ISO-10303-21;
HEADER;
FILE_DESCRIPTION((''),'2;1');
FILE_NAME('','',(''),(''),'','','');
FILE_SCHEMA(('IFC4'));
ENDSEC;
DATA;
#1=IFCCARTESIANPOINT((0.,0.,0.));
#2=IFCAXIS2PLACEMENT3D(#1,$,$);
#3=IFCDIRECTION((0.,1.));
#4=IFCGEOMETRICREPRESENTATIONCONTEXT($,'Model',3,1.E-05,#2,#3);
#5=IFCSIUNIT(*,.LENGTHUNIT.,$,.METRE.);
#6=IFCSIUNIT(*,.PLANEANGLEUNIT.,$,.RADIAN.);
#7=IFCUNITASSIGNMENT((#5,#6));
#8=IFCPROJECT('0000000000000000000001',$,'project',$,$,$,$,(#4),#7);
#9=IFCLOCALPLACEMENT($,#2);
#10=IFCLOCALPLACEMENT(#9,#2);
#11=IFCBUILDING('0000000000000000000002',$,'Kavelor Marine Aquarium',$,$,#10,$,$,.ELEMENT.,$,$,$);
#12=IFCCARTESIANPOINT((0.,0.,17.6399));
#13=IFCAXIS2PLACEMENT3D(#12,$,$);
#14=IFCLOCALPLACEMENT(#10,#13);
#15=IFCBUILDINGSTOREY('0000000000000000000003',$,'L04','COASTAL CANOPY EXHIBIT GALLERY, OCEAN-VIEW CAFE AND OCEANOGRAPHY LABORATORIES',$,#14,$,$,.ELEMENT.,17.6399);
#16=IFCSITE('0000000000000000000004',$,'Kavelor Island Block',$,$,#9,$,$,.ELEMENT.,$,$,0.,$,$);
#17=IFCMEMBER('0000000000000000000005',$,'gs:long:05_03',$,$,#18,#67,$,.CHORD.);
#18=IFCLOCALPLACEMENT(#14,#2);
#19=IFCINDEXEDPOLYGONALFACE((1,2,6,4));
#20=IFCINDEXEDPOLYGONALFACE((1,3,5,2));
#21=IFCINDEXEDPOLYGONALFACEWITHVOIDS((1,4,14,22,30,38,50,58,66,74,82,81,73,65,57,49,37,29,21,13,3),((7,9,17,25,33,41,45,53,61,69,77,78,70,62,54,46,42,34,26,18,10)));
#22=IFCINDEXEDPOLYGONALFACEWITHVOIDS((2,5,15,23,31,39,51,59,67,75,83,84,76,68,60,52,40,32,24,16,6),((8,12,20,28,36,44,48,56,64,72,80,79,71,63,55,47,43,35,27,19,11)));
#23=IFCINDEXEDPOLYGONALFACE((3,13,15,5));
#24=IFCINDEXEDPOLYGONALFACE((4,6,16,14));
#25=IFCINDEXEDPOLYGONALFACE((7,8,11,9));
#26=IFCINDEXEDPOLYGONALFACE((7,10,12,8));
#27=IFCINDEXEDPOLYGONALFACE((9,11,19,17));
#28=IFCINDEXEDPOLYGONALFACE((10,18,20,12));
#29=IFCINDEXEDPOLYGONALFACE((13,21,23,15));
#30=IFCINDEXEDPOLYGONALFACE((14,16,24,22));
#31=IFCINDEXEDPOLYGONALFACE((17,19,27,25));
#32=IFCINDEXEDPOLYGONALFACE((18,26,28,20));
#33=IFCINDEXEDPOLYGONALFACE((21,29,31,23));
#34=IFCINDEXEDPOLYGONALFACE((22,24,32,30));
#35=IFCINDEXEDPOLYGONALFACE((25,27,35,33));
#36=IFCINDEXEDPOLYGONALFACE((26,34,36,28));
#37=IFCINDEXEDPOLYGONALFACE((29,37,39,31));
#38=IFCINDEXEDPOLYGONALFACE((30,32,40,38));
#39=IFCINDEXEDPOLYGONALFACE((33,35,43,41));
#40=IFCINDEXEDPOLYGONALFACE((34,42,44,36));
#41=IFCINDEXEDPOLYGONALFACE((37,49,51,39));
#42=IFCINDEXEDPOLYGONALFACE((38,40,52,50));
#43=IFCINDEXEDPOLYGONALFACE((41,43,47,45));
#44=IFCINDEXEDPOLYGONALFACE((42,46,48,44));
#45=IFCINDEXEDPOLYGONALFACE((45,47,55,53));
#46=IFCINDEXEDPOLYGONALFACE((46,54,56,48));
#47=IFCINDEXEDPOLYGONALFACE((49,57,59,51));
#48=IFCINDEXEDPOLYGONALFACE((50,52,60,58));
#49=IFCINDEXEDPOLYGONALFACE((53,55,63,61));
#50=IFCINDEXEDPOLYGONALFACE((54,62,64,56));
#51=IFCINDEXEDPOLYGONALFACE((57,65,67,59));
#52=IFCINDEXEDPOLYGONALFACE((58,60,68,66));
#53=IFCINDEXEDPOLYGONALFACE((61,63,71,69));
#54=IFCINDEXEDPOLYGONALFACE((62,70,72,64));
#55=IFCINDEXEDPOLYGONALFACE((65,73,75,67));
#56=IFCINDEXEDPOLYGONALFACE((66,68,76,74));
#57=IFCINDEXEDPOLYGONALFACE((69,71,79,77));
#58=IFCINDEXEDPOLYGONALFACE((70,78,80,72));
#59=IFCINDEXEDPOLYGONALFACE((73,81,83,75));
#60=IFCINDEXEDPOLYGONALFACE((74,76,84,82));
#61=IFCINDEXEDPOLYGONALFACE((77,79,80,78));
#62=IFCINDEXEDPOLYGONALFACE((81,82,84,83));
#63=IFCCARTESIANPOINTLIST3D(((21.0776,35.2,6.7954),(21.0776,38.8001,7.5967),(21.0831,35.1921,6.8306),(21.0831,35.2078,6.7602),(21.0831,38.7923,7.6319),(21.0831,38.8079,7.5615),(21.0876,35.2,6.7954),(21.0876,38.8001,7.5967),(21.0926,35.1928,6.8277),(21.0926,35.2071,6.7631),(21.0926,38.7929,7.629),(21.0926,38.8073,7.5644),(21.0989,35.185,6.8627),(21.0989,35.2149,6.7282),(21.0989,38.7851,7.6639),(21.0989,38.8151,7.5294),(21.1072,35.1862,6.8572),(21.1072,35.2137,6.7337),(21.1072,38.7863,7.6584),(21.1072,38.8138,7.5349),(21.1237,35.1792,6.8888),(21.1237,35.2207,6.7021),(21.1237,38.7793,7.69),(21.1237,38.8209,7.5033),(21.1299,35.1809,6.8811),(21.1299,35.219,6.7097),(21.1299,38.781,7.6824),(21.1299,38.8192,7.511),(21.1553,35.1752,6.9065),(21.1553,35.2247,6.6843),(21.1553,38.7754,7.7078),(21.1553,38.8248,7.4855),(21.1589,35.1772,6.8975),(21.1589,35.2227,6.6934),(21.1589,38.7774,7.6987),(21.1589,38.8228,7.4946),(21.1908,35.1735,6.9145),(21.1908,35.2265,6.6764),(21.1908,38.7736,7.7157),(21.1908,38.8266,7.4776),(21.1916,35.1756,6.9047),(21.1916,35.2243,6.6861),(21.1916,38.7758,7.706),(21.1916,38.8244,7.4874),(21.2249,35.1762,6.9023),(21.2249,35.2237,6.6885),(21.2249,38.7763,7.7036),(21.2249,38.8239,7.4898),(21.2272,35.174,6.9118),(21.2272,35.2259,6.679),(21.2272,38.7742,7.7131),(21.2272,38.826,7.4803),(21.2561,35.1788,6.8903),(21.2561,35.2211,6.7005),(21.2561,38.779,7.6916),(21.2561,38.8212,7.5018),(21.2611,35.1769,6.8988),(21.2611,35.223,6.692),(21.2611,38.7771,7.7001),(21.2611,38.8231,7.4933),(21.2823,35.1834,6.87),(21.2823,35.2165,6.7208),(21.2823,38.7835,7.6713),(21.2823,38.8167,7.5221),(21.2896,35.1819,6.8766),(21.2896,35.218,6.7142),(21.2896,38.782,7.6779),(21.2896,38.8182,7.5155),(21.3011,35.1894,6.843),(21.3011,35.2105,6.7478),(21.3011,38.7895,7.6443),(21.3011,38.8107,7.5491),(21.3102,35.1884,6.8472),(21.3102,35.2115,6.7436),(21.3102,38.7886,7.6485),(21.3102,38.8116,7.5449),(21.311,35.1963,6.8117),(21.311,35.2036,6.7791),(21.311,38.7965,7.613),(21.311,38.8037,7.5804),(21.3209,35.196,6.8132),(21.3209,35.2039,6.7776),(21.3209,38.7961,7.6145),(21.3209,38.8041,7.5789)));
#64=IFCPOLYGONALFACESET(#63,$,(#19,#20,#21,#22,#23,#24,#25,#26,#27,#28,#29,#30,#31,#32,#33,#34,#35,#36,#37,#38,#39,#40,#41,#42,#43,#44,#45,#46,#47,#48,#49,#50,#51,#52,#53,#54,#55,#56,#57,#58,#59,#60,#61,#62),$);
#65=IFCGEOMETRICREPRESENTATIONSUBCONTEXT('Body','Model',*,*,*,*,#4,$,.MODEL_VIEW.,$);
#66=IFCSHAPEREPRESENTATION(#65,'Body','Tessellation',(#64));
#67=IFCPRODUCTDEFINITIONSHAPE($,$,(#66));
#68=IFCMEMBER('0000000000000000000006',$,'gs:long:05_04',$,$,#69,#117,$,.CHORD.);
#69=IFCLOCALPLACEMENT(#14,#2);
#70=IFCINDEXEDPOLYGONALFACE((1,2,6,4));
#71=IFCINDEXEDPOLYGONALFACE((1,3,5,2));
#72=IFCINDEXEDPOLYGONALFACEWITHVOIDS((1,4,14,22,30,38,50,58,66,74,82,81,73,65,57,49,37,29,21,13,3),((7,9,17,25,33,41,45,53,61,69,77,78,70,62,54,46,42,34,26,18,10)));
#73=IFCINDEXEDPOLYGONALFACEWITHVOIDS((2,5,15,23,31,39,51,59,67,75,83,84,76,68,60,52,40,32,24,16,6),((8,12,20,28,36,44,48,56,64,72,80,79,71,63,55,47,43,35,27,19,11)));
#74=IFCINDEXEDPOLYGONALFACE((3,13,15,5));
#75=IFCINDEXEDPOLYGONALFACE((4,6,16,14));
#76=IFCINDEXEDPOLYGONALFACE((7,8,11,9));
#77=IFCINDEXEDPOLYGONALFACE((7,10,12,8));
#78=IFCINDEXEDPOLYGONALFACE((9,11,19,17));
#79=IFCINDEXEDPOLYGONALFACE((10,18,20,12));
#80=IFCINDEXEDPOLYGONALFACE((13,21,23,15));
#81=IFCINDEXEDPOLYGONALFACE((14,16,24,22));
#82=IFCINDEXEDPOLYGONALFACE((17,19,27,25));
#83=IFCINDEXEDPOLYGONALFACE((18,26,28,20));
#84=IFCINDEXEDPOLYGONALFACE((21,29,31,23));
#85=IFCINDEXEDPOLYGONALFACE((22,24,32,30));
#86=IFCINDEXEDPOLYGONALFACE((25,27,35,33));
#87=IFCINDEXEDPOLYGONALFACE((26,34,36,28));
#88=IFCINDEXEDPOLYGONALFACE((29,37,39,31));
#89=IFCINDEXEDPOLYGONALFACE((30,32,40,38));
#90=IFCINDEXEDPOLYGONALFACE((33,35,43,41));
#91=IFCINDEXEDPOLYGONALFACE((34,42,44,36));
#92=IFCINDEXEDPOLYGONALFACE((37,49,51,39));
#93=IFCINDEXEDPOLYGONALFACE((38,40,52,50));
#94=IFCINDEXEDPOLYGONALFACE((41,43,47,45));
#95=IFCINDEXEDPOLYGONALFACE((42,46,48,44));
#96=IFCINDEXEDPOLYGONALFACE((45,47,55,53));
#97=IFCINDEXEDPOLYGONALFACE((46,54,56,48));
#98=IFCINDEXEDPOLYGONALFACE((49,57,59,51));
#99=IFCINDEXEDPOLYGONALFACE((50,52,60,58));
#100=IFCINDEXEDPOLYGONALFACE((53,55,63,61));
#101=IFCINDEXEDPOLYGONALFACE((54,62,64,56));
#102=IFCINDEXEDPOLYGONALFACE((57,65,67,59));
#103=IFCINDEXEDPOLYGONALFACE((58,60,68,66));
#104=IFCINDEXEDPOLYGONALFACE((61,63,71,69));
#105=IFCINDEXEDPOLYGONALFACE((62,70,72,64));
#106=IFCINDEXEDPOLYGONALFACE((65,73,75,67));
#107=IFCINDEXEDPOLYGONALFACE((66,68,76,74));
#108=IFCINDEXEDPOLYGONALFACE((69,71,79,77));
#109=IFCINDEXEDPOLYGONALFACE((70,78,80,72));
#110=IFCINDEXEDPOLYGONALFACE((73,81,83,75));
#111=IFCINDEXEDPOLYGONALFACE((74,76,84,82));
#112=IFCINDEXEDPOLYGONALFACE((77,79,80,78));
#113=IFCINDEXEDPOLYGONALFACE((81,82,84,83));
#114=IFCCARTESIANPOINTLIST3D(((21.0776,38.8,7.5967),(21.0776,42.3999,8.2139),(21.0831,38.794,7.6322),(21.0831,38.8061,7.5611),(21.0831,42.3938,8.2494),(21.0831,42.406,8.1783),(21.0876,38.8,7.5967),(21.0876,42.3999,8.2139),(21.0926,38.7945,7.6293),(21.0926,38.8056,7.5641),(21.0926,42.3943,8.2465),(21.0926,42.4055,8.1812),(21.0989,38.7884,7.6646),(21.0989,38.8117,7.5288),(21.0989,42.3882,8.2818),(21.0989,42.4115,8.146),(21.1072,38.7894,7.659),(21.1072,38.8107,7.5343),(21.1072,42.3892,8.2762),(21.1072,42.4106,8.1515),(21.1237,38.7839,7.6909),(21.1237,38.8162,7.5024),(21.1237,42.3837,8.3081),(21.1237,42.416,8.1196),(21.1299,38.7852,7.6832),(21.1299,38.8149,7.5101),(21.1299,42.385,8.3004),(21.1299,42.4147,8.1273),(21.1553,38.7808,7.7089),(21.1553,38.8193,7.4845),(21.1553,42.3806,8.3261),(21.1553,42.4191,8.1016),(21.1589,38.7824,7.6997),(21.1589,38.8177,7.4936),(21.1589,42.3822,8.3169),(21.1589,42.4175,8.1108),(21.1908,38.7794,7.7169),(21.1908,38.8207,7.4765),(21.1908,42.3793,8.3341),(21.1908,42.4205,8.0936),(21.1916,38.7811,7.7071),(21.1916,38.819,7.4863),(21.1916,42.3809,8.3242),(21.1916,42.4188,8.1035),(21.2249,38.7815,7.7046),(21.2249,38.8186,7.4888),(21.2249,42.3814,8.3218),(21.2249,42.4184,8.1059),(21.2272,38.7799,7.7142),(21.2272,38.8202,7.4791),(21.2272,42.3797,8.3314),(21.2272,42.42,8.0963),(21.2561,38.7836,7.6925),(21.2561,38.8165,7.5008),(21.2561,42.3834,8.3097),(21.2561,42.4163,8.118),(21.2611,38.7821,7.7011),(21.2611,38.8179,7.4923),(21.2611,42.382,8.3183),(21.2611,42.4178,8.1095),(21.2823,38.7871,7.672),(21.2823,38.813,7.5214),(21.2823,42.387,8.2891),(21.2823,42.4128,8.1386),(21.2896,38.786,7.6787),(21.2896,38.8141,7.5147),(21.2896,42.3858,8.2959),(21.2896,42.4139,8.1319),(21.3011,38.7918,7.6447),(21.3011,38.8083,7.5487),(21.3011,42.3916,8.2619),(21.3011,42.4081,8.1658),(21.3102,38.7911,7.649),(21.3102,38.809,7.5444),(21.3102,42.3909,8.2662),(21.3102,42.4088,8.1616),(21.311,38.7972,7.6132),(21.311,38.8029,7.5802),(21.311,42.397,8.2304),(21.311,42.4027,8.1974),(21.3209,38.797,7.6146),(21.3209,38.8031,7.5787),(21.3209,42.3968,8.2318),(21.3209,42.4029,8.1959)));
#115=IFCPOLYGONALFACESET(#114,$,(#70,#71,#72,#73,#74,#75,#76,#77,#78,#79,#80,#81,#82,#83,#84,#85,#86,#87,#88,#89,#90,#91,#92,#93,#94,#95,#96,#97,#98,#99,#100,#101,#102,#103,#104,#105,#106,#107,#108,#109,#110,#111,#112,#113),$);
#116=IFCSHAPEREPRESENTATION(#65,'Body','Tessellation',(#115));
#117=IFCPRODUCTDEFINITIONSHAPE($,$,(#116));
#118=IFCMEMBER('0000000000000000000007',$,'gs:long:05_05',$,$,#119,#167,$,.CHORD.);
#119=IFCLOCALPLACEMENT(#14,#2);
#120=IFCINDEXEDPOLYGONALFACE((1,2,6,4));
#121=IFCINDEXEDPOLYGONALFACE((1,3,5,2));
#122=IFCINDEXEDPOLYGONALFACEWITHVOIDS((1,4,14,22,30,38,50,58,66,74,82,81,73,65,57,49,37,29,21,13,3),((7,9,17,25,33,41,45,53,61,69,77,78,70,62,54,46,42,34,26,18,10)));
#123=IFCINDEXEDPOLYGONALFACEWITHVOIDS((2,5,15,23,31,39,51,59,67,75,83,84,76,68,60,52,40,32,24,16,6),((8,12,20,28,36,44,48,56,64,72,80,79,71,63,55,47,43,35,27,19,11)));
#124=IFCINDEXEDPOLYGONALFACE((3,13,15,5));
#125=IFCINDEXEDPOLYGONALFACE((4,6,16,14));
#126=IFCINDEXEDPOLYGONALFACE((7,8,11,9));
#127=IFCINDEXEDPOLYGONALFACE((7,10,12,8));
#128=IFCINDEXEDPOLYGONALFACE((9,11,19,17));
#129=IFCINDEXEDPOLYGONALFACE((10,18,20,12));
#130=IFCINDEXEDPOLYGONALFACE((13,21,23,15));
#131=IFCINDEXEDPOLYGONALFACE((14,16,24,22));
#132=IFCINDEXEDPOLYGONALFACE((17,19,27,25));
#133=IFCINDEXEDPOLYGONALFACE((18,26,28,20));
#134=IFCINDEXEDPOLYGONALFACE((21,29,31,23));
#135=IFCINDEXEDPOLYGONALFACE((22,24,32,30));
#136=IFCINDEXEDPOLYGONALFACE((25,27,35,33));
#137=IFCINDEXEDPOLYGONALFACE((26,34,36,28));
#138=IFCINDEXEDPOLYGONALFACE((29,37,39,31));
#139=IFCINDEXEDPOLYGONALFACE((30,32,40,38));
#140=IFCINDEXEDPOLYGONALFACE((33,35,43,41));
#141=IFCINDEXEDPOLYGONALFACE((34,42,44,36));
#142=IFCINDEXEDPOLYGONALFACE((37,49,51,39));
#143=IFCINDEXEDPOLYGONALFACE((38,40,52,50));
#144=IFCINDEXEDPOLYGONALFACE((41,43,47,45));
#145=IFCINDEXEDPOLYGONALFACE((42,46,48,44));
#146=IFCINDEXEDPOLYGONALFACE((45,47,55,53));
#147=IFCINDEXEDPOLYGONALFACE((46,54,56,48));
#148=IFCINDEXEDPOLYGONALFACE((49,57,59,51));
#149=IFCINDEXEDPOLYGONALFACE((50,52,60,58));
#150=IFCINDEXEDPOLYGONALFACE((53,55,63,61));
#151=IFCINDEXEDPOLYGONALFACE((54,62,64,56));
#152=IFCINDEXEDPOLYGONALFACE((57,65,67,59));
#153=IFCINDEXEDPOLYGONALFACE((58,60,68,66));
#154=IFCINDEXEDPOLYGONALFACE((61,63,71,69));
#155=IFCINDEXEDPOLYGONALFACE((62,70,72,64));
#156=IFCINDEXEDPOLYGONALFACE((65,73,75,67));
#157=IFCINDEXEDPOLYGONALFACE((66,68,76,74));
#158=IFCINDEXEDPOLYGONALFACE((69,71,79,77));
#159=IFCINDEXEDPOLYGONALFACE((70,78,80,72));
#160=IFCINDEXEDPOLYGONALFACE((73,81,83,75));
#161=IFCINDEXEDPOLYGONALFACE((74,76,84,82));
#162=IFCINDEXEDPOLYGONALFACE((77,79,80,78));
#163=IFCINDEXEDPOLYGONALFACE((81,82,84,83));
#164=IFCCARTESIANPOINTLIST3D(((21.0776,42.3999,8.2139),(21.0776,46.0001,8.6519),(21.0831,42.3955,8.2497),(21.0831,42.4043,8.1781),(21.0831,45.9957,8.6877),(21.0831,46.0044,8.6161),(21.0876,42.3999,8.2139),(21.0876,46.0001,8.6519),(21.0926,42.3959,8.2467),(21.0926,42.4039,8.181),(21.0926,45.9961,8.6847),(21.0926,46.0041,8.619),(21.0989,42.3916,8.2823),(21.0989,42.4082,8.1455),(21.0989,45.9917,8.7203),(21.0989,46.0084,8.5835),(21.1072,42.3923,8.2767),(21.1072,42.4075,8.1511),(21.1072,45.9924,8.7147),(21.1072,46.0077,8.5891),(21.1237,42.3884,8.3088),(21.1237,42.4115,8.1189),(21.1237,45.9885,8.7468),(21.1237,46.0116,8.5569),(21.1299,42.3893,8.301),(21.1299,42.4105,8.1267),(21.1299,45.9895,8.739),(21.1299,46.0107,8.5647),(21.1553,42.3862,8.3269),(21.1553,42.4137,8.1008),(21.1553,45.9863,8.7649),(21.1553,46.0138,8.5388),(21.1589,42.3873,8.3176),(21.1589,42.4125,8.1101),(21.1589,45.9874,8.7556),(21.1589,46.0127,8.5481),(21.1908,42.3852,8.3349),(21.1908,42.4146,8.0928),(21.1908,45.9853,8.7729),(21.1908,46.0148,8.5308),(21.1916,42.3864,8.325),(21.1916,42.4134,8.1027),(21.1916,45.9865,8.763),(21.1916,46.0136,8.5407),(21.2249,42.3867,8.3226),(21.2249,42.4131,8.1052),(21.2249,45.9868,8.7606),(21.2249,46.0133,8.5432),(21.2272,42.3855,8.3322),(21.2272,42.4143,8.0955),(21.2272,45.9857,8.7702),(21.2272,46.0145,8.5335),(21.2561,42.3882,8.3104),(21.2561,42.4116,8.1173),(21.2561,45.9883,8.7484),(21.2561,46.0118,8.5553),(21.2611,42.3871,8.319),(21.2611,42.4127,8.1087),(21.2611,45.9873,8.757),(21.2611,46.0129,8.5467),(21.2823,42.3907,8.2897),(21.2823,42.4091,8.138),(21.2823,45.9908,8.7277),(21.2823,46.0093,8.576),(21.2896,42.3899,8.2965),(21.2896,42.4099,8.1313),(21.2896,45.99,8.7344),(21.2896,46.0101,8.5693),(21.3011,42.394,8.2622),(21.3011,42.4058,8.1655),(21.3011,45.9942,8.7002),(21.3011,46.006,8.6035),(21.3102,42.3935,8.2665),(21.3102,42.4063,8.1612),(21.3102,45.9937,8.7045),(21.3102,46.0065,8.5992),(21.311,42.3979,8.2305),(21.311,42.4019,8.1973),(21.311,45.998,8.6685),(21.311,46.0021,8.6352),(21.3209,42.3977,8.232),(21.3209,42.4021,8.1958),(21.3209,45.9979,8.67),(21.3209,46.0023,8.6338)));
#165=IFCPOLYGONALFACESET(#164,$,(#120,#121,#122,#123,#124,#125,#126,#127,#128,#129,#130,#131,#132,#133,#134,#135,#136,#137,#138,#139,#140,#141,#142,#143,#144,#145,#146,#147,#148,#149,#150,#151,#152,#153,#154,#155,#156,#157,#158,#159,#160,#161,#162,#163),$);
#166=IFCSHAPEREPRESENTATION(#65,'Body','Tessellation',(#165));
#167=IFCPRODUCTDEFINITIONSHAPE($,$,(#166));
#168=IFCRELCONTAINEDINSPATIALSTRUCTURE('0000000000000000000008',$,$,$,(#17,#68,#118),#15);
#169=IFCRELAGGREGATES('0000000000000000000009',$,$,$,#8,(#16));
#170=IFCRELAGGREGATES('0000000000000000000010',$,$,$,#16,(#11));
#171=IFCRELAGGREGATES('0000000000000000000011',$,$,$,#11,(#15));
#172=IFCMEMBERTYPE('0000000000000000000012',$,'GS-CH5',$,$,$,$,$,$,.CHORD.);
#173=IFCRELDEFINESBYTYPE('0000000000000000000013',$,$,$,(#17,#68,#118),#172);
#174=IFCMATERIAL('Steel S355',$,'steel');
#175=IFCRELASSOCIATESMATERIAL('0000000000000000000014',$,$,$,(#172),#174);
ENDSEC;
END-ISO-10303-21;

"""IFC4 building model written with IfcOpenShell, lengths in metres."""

from ifc_helpers import new_model, si_unit, direction, frame, origin, origin_2d, place, context, subcontext, project, spatial, hollow_circle, extrude, material, material_profile, profile_set, type_object, element, save


model = new_model("IFC4")

# Units and contexts
model_context = context("Model", 3, precision=1e-05, world=origin(), true_north=direction((0.0, 1.0)))
body_context = subcontext(model_context, "Body", "Model", "MODEL_VIEW")
ifc_project = project(units=[si_unit("LENGTHUNIT", "METRE"), si_unit("PLANEANGLEUNIT", "RADIAN")], contexts=[model_context])

# Site, building, storey
site_placement = place(None, origin())
site = spatial("IfcSite", under=ifc_project, at=site_placement, Name="Kavelor Island Block", CompositionType="ELEMENT", RefElevation=0.0)
building_placement = place(site_placement, origin())
building = spatial("IfcBuilding", under=site, at=building_placement, Name="Kavelor Marine Aquarium", CompositionType="ELEMENT")
storey_placement = place(building_placement, frame((0.0, 0.0, 17.6399)))
storey = spatial("IfcBuildingStorey", under=building, at=storey_placement, Name="L04", Description="COASTAL CANOPY EXHIBIT GALLERY, OCEAN-VIEW CAFE AND OCEANOGRAPHY LABORATORIES", CompositionType="ELEMENT", Elevation=17.6399)

# Members
ifc_material_1 = material(Name="Steel S355", Category="steel")
ifc_material_profile_1 = material_profile(ifc_material_1, hollow_circle(Radius=0.1223, WallThickness=0.01, at=origin_2d()), Name="CHS 244.5x10.0")
ifc_profile_set_1 = profile_set([ifc_material_profile_1], Name="Steel S355")
member_type_1 = type_object("IfcMemberType", Name="GS-CH5", PredefinedType="CHORD", material=ifc_profile_set_1)
member_1_placement = place(storey_placement, frame((21.2, 35.2, 6.7954), z_axis=(0.0, 0.976115, 0.217253), x_axis=(-1.0, 0.0, 0.0)))
element("IfcMember", 1, at=member_1_placement, inside=storey, type_object=member_type_1, Name="gs:long:05_03", PredefinedType="CHORD", context=body_context, shape_type="SweptSolid", body=[
    extrude(hollow_circle(Radius=0.1223, WallThickness=0.01, at=origin_2d()), origin(), (0.0, 0.0, 1.0), 3.6882),
])
member_2_placement = place(storey_placement, frame((21.2, 38.8, 7.5967), z_axis=(0.0, 0.985619, 0.168982), x_axis=(-1.0, 0.0, 0.0)))
element("IfcMember", 2, at=member_2_placement, inside=storey, type_object=member_type_1, Name="gs:long:05_04", PredefinedType="CHORD", context=body_context, shape_type="SweptSolid", body=[
    extrude(hollow_circle(Radius=0.1223, WallThickness=0.01, at=origin_2d()), origin(), (0.0, 0.0, 1.0), 3.6523),
])
member_3_placement = place(storey_placement, frame((21.2, 42.3999, 8.2139), z_axis=(0.0, 0.992681, 0.12077), x_axis=(-1.0, 0.0, 0.0)))
element("IfcMember", 3, at=member_3_placement, inside=storey, type_object=member_type_1, Name="gs:long:05_05", PredefinedType="CHORD", context=body_context, shape_type="SweptSolid", body=[
    extrude(hollow_circle(Radius=0.1223, WallThickness=0.01, at=origin_2d()), origin(), (0.0, 0.0, 1.0), 3.6267),
])

save(model, "model.ifc")
